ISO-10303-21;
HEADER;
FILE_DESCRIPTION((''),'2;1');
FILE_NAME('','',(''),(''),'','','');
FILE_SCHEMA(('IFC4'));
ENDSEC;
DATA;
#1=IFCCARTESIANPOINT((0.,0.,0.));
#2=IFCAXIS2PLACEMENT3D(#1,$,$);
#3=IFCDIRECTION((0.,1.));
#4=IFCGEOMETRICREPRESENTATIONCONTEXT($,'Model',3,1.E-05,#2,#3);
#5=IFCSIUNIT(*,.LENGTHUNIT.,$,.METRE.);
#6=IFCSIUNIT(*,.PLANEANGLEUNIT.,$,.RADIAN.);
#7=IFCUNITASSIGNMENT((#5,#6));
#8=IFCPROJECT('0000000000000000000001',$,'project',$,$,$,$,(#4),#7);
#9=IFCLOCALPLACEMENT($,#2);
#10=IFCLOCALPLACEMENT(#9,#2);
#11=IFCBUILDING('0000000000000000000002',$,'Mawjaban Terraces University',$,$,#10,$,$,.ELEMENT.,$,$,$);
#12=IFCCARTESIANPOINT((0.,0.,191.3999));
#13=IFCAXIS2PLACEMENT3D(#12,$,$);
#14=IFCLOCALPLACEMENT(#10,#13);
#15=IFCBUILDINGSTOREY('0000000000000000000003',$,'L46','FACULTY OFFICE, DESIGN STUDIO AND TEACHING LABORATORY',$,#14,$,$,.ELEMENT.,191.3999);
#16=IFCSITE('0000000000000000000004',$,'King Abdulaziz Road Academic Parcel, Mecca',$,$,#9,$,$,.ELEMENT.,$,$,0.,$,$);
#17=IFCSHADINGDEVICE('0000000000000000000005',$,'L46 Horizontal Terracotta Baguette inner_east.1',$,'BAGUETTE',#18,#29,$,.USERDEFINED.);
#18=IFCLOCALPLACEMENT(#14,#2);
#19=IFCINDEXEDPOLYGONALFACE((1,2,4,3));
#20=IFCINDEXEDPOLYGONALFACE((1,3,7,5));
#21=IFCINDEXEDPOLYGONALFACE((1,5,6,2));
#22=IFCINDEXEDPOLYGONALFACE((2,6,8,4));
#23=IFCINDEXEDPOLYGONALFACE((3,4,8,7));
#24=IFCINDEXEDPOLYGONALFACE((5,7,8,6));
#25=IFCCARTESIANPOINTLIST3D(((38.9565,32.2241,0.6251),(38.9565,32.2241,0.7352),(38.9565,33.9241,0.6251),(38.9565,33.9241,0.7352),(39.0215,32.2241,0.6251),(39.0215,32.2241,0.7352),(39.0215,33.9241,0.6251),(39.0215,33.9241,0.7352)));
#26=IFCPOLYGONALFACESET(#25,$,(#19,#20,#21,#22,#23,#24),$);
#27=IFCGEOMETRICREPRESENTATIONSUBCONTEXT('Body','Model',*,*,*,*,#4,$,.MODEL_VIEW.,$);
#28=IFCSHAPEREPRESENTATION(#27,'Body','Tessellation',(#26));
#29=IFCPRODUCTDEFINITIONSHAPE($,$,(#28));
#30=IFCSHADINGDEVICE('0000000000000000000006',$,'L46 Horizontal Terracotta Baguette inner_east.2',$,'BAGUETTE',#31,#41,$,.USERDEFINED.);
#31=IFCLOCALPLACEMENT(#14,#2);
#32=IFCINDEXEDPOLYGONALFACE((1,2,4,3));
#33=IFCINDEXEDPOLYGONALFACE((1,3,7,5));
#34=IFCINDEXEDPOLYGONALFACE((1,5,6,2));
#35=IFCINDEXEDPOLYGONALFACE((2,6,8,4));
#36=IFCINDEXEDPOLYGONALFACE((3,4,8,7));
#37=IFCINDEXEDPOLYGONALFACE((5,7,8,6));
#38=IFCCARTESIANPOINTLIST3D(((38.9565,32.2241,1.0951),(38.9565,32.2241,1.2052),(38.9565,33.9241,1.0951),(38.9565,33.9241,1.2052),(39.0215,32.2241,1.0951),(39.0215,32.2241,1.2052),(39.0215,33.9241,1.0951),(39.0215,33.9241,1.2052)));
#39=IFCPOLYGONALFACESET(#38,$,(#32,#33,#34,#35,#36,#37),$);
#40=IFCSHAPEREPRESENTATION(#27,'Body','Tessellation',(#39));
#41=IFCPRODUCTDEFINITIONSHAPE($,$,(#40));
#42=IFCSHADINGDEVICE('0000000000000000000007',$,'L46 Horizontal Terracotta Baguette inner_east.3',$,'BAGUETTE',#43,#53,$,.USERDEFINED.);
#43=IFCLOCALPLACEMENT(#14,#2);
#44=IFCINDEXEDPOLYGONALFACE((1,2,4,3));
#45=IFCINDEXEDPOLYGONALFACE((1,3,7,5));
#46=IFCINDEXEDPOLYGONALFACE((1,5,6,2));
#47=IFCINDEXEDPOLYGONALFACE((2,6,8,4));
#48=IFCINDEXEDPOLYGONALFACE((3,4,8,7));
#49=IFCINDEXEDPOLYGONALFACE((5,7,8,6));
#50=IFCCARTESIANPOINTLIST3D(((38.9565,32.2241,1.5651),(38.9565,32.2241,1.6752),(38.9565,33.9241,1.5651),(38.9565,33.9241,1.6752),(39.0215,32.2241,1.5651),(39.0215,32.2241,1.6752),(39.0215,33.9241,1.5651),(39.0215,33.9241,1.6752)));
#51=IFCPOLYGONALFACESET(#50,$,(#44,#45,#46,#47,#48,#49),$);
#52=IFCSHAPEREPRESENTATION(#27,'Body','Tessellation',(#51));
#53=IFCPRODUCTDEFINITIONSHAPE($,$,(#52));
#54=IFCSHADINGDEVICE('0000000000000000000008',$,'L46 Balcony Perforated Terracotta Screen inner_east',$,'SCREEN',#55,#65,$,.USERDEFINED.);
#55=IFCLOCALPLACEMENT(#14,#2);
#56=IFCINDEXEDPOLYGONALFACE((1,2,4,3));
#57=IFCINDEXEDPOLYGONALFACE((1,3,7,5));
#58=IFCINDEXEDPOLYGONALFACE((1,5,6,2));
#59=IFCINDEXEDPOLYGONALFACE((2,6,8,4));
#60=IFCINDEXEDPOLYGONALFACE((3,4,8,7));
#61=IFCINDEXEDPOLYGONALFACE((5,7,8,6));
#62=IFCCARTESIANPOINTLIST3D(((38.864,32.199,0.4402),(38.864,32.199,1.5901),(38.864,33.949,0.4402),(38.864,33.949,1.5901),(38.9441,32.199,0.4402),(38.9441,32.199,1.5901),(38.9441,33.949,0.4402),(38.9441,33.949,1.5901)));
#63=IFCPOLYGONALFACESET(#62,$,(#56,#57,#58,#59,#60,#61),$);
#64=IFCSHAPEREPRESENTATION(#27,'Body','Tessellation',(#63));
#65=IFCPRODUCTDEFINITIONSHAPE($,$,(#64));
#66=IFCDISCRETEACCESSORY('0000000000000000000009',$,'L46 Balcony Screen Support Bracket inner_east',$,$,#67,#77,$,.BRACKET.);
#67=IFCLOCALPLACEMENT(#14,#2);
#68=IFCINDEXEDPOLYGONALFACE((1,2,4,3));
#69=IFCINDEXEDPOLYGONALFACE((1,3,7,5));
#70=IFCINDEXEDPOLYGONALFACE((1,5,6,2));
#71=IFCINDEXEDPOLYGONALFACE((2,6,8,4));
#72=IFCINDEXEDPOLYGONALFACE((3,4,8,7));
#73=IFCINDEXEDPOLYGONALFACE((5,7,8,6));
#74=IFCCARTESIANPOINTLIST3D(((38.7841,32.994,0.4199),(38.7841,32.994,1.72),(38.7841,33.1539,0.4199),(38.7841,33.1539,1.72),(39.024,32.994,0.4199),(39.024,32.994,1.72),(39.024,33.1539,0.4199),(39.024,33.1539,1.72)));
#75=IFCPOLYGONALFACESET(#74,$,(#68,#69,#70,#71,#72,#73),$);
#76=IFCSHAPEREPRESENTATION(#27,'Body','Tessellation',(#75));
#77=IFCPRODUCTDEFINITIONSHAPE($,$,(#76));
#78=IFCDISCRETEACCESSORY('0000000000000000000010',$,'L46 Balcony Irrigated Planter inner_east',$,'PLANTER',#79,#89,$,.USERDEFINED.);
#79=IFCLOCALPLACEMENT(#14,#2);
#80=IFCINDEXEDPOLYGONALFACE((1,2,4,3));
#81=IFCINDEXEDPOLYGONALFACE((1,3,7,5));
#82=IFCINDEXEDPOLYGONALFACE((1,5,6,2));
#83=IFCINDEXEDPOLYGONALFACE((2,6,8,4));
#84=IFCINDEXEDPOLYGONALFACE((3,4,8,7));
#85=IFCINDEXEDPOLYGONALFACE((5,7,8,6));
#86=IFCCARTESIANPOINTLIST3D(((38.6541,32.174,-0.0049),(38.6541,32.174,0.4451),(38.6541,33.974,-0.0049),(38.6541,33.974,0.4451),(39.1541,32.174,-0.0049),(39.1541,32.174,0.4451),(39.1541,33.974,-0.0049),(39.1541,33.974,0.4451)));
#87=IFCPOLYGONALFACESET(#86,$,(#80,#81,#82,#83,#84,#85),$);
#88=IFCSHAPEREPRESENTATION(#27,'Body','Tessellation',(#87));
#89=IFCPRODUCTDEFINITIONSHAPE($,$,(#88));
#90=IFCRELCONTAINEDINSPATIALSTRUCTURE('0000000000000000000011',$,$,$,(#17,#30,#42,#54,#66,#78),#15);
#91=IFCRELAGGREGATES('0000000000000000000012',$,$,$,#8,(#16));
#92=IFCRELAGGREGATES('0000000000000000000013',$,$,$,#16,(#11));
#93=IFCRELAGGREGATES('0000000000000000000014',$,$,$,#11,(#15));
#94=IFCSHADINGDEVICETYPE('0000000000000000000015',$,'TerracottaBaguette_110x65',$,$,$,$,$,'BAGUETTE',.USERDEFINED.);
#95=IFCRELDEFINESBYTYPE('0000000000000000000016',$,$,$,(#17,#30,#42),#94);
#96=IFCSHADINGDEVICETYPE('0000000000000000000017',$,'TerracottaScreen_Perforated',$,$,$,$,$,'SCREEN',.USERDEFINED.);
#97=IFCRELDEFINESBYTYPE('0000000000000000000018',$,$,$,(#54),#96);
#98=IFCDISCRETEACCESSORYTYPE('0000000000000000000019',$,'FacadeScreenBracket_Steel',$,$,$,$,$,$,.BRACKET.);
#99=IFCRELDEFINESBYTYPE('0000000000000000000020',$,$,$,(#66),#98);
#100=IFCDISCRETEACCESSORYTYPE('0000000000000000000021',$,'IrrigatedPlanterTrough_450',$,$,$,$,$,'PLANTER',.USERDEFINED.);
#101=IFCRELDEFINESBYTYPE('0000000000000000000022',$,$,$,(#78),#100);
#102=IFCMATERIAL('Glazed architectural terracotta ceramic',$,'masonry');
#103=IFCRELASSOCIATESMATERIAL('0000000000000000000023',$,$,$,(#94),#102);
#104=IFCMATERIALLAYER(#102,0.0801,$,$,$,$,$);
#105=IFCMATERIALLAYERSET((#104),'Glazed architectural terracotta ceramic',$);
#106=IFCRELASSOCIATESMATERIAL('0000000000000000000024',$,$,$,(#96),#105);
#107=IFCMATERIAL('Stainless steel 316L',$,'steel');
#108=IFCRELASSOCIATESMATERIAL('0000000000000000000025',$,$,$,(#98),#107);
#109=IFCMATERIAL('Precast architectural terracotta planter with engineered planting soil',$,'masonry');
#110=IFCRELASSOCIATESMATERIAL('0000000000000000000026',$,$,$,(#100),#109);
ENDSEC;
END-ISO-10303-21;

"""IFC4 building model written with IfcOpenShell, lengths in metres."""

from ifc_helpers import new_model, si_unit, direction, frame, origin, origin_2d, place, context, subcontext, project, spatial, rectangle, extrude, material, layer, layer_set, material_profile, profile_set, type_object, element, save


model = new_model("IFC4")

# Units and contexts
model_context = context("Model", 3, precision=1e-05, world=origin(), true_north=direction((0.0, 1.0)))
body_context = subcontext(model_context, "Body", "Model", "MODEL_VIEW")
ifc_project = project(units=[si_unit("LENGTHUNIT", "METRE"), si_unit("PLANEANGLEUNIT", "RADIAN")], contexts=[model_context])

# Site, building, storey
site_placement = place(None, origin())
site = spatial("IfcSite", under=ifc_project, at=site_placement, Name="King Abdulaziz Road Academic Parcel, Mecca", CompositionType="ELEMENT", RefElevation=0.0)
building_placement = place(site_placement, origin())
building = spatial("IfcBuilding", under=site, at=building_placement, Name="Mawjaban Terraces University", CompositionType="ELEMENT")
storey_placement = place(building_placement, frame((0.0, 0.0, 191.3999)))
storey = spatial("IfcBuildingStorey", under=building, at=storey_placement, Name="L46", Description="FACULTY OFFICE, DESIGN STUDIO AND TEACHING LABORATORY", CompositionType="ELEMENT", Elevation=191.3999)

# Shading devices
ifc_material_1 = material(Name="Glazed architectural terracotta ceramic", Category="masonry")
ifc_material_profile_1 = material_profile(ifc_material_1, rectangle(XDim=0.0649, YDim=0.1101, at=origin_2d()), Name="TBAG110X65")
ifc_profile_set_1 = profile_set([ifc_material_profile_1], Name="Glazed architectural terracotta ceramic")
shading_device_type_1 = type_object("IfcShadingDeviceType", Name="TerracottaBaguette_110x65", ElementType="BAGUETTE", PredefinedType="USERDEFINED", material=ifc_profile_set_1)
for number, where, z_axis, x_axis, name in (
    (1, (38.989, 32.2241, 0.6802), (0.0, 1.0, 0.0), (-1.0, 0.0, 0.0), "L46 Horizontal Terracotta Baguette inner_east.1"),
    (2, (38.989, 32.2241, 1.1501), (0.0, 1.0, 0.0), (-1.0, 0.0, 0.0), "L46 Horizontal Terracotta Baguette inner_east.2"),
    (3, (38.989, 32.2241, 1.6201), (0.0, 1.0, 0.0), (-1.0, 0.0, 0.0), "L46 Horizontal Terracotta Baguette inner_east.3"),
):
    element("IfcShadingDevice", number, at=place(storey_placement, frame(where, z_axis=z_axis, x_axis=x_axis)), inside=storey, type_object=shading_device_type_1, Name=name, ObjectType="BAGUETTE", PredefinedType="USERDEFINED", context=body_context, shape_type="SweptSolid", body=[
        extrude(rectangle(XDim=0.0649, YDim=0.1101, at=origin_2d()), origin(), (0.0, 0.0, 1.0), 1.7),
    ])
ifc_layer_1 = layer(ifc_material_1, 0.0801)
ifc_layer_set_1 = layer_set([ifc_layer_1], Name="Glazed architectural terracotta ceramic")
shading_device_type_2 = type_object("IfcShadingDeviceType", Name="TerracottaScreen_Perforated", ElementType="SCREEN", PredefinedType="USERDEFINED", material=ifc_layer_set_1)
shading_device_placement = place(storey_placement, frame((38.9041, 33.074, 0.4402), z_axis=(0.0, 0.0, 1.0), x_axis=(0.0, 1.0, 0.0)))
element("IfcShadingDevice", 4, at=shading_device_placement, inside=storey, type_object=shading_device_type_2, Name="L46 Balcony Perforated Terracotta Screen inner_east", ObjectType="SCREEN", PredefinedType="USERDEFINED", context=body_context, shape_type="SweptSolid", body=[
    extrude(rectangle(XDim=1.75, YDim=0.0801, at=origin_2d()), origin(), (0.0, 0.0, 1.0), 1.1499),
])

# Discrete accessories
ifc_material_2 = material(Name="Stainless steel 316L", Category="steel")
discrete_accessory_type_1 = type_object("IfcDiscreteAccessoryType", Name="FacadeScreenBracket_Steel", PredefinedType="BRACKET", material=ifc_material_2)
discrete_accessory_1_placement = place(storey_placement, frame((38.9041, 33.074, 0.4199), z_axis=(0.0, 0.0, 1.0), x_axis=(0.0, 1.0, 0.0)))
element("IfcDiscreteAccessory", 5, at=discrete_accessory_1_placement, inside=storey, type_object=discrete_accessory_type_1, Name="L46 Balcony Screen Support Bracket inner_east", PredefinedType="BRACKET", context=body_context, shape_type="SweptSolid", body=[
    extrude(rectangle(XDim=0.1599, YDim=0.24, at=origin_2d()), origin(), (0.0, 0.0, 1.0), 1.3),
])
ifc_material_3 = material(Name="Precast architectural terracotta planter with engineered planting soil", Category="masonry")
discrete_accessory_type_2 = type_object("IfcDiscreteAccessoryType", Name="IrrigatedPlanterTrough_450", ElementType="PLANTER", PredefinedType="USERDEFINED", material=ifc_material_3)
discrete_accessory_2_placement = place(storey_placement, frame((38.9041, 33.074, -0.0049), z_axis=(0.0, 0.0, 1.0), x_axis=(0.0, 1.0, 0.0)))
element("IfcDiscreteAccessory", 6, at=discrete_accessory_2_placement, inside=storey, type_object=discrete_accessory_type_2, Name="L46 Balcony Irrigated Planter inner_east", ObjectType="PLANTER", PredefinedType="USERDEFINED", context=body_context, shape_type="SweptSolid", body=[
    extrude(rectangle(XDim=1.8, YDim=0.5, at=origin_2d()), origin(), (0.0, 0.0, 1.0), 0.45),
])

save(model, "model.ifc")
